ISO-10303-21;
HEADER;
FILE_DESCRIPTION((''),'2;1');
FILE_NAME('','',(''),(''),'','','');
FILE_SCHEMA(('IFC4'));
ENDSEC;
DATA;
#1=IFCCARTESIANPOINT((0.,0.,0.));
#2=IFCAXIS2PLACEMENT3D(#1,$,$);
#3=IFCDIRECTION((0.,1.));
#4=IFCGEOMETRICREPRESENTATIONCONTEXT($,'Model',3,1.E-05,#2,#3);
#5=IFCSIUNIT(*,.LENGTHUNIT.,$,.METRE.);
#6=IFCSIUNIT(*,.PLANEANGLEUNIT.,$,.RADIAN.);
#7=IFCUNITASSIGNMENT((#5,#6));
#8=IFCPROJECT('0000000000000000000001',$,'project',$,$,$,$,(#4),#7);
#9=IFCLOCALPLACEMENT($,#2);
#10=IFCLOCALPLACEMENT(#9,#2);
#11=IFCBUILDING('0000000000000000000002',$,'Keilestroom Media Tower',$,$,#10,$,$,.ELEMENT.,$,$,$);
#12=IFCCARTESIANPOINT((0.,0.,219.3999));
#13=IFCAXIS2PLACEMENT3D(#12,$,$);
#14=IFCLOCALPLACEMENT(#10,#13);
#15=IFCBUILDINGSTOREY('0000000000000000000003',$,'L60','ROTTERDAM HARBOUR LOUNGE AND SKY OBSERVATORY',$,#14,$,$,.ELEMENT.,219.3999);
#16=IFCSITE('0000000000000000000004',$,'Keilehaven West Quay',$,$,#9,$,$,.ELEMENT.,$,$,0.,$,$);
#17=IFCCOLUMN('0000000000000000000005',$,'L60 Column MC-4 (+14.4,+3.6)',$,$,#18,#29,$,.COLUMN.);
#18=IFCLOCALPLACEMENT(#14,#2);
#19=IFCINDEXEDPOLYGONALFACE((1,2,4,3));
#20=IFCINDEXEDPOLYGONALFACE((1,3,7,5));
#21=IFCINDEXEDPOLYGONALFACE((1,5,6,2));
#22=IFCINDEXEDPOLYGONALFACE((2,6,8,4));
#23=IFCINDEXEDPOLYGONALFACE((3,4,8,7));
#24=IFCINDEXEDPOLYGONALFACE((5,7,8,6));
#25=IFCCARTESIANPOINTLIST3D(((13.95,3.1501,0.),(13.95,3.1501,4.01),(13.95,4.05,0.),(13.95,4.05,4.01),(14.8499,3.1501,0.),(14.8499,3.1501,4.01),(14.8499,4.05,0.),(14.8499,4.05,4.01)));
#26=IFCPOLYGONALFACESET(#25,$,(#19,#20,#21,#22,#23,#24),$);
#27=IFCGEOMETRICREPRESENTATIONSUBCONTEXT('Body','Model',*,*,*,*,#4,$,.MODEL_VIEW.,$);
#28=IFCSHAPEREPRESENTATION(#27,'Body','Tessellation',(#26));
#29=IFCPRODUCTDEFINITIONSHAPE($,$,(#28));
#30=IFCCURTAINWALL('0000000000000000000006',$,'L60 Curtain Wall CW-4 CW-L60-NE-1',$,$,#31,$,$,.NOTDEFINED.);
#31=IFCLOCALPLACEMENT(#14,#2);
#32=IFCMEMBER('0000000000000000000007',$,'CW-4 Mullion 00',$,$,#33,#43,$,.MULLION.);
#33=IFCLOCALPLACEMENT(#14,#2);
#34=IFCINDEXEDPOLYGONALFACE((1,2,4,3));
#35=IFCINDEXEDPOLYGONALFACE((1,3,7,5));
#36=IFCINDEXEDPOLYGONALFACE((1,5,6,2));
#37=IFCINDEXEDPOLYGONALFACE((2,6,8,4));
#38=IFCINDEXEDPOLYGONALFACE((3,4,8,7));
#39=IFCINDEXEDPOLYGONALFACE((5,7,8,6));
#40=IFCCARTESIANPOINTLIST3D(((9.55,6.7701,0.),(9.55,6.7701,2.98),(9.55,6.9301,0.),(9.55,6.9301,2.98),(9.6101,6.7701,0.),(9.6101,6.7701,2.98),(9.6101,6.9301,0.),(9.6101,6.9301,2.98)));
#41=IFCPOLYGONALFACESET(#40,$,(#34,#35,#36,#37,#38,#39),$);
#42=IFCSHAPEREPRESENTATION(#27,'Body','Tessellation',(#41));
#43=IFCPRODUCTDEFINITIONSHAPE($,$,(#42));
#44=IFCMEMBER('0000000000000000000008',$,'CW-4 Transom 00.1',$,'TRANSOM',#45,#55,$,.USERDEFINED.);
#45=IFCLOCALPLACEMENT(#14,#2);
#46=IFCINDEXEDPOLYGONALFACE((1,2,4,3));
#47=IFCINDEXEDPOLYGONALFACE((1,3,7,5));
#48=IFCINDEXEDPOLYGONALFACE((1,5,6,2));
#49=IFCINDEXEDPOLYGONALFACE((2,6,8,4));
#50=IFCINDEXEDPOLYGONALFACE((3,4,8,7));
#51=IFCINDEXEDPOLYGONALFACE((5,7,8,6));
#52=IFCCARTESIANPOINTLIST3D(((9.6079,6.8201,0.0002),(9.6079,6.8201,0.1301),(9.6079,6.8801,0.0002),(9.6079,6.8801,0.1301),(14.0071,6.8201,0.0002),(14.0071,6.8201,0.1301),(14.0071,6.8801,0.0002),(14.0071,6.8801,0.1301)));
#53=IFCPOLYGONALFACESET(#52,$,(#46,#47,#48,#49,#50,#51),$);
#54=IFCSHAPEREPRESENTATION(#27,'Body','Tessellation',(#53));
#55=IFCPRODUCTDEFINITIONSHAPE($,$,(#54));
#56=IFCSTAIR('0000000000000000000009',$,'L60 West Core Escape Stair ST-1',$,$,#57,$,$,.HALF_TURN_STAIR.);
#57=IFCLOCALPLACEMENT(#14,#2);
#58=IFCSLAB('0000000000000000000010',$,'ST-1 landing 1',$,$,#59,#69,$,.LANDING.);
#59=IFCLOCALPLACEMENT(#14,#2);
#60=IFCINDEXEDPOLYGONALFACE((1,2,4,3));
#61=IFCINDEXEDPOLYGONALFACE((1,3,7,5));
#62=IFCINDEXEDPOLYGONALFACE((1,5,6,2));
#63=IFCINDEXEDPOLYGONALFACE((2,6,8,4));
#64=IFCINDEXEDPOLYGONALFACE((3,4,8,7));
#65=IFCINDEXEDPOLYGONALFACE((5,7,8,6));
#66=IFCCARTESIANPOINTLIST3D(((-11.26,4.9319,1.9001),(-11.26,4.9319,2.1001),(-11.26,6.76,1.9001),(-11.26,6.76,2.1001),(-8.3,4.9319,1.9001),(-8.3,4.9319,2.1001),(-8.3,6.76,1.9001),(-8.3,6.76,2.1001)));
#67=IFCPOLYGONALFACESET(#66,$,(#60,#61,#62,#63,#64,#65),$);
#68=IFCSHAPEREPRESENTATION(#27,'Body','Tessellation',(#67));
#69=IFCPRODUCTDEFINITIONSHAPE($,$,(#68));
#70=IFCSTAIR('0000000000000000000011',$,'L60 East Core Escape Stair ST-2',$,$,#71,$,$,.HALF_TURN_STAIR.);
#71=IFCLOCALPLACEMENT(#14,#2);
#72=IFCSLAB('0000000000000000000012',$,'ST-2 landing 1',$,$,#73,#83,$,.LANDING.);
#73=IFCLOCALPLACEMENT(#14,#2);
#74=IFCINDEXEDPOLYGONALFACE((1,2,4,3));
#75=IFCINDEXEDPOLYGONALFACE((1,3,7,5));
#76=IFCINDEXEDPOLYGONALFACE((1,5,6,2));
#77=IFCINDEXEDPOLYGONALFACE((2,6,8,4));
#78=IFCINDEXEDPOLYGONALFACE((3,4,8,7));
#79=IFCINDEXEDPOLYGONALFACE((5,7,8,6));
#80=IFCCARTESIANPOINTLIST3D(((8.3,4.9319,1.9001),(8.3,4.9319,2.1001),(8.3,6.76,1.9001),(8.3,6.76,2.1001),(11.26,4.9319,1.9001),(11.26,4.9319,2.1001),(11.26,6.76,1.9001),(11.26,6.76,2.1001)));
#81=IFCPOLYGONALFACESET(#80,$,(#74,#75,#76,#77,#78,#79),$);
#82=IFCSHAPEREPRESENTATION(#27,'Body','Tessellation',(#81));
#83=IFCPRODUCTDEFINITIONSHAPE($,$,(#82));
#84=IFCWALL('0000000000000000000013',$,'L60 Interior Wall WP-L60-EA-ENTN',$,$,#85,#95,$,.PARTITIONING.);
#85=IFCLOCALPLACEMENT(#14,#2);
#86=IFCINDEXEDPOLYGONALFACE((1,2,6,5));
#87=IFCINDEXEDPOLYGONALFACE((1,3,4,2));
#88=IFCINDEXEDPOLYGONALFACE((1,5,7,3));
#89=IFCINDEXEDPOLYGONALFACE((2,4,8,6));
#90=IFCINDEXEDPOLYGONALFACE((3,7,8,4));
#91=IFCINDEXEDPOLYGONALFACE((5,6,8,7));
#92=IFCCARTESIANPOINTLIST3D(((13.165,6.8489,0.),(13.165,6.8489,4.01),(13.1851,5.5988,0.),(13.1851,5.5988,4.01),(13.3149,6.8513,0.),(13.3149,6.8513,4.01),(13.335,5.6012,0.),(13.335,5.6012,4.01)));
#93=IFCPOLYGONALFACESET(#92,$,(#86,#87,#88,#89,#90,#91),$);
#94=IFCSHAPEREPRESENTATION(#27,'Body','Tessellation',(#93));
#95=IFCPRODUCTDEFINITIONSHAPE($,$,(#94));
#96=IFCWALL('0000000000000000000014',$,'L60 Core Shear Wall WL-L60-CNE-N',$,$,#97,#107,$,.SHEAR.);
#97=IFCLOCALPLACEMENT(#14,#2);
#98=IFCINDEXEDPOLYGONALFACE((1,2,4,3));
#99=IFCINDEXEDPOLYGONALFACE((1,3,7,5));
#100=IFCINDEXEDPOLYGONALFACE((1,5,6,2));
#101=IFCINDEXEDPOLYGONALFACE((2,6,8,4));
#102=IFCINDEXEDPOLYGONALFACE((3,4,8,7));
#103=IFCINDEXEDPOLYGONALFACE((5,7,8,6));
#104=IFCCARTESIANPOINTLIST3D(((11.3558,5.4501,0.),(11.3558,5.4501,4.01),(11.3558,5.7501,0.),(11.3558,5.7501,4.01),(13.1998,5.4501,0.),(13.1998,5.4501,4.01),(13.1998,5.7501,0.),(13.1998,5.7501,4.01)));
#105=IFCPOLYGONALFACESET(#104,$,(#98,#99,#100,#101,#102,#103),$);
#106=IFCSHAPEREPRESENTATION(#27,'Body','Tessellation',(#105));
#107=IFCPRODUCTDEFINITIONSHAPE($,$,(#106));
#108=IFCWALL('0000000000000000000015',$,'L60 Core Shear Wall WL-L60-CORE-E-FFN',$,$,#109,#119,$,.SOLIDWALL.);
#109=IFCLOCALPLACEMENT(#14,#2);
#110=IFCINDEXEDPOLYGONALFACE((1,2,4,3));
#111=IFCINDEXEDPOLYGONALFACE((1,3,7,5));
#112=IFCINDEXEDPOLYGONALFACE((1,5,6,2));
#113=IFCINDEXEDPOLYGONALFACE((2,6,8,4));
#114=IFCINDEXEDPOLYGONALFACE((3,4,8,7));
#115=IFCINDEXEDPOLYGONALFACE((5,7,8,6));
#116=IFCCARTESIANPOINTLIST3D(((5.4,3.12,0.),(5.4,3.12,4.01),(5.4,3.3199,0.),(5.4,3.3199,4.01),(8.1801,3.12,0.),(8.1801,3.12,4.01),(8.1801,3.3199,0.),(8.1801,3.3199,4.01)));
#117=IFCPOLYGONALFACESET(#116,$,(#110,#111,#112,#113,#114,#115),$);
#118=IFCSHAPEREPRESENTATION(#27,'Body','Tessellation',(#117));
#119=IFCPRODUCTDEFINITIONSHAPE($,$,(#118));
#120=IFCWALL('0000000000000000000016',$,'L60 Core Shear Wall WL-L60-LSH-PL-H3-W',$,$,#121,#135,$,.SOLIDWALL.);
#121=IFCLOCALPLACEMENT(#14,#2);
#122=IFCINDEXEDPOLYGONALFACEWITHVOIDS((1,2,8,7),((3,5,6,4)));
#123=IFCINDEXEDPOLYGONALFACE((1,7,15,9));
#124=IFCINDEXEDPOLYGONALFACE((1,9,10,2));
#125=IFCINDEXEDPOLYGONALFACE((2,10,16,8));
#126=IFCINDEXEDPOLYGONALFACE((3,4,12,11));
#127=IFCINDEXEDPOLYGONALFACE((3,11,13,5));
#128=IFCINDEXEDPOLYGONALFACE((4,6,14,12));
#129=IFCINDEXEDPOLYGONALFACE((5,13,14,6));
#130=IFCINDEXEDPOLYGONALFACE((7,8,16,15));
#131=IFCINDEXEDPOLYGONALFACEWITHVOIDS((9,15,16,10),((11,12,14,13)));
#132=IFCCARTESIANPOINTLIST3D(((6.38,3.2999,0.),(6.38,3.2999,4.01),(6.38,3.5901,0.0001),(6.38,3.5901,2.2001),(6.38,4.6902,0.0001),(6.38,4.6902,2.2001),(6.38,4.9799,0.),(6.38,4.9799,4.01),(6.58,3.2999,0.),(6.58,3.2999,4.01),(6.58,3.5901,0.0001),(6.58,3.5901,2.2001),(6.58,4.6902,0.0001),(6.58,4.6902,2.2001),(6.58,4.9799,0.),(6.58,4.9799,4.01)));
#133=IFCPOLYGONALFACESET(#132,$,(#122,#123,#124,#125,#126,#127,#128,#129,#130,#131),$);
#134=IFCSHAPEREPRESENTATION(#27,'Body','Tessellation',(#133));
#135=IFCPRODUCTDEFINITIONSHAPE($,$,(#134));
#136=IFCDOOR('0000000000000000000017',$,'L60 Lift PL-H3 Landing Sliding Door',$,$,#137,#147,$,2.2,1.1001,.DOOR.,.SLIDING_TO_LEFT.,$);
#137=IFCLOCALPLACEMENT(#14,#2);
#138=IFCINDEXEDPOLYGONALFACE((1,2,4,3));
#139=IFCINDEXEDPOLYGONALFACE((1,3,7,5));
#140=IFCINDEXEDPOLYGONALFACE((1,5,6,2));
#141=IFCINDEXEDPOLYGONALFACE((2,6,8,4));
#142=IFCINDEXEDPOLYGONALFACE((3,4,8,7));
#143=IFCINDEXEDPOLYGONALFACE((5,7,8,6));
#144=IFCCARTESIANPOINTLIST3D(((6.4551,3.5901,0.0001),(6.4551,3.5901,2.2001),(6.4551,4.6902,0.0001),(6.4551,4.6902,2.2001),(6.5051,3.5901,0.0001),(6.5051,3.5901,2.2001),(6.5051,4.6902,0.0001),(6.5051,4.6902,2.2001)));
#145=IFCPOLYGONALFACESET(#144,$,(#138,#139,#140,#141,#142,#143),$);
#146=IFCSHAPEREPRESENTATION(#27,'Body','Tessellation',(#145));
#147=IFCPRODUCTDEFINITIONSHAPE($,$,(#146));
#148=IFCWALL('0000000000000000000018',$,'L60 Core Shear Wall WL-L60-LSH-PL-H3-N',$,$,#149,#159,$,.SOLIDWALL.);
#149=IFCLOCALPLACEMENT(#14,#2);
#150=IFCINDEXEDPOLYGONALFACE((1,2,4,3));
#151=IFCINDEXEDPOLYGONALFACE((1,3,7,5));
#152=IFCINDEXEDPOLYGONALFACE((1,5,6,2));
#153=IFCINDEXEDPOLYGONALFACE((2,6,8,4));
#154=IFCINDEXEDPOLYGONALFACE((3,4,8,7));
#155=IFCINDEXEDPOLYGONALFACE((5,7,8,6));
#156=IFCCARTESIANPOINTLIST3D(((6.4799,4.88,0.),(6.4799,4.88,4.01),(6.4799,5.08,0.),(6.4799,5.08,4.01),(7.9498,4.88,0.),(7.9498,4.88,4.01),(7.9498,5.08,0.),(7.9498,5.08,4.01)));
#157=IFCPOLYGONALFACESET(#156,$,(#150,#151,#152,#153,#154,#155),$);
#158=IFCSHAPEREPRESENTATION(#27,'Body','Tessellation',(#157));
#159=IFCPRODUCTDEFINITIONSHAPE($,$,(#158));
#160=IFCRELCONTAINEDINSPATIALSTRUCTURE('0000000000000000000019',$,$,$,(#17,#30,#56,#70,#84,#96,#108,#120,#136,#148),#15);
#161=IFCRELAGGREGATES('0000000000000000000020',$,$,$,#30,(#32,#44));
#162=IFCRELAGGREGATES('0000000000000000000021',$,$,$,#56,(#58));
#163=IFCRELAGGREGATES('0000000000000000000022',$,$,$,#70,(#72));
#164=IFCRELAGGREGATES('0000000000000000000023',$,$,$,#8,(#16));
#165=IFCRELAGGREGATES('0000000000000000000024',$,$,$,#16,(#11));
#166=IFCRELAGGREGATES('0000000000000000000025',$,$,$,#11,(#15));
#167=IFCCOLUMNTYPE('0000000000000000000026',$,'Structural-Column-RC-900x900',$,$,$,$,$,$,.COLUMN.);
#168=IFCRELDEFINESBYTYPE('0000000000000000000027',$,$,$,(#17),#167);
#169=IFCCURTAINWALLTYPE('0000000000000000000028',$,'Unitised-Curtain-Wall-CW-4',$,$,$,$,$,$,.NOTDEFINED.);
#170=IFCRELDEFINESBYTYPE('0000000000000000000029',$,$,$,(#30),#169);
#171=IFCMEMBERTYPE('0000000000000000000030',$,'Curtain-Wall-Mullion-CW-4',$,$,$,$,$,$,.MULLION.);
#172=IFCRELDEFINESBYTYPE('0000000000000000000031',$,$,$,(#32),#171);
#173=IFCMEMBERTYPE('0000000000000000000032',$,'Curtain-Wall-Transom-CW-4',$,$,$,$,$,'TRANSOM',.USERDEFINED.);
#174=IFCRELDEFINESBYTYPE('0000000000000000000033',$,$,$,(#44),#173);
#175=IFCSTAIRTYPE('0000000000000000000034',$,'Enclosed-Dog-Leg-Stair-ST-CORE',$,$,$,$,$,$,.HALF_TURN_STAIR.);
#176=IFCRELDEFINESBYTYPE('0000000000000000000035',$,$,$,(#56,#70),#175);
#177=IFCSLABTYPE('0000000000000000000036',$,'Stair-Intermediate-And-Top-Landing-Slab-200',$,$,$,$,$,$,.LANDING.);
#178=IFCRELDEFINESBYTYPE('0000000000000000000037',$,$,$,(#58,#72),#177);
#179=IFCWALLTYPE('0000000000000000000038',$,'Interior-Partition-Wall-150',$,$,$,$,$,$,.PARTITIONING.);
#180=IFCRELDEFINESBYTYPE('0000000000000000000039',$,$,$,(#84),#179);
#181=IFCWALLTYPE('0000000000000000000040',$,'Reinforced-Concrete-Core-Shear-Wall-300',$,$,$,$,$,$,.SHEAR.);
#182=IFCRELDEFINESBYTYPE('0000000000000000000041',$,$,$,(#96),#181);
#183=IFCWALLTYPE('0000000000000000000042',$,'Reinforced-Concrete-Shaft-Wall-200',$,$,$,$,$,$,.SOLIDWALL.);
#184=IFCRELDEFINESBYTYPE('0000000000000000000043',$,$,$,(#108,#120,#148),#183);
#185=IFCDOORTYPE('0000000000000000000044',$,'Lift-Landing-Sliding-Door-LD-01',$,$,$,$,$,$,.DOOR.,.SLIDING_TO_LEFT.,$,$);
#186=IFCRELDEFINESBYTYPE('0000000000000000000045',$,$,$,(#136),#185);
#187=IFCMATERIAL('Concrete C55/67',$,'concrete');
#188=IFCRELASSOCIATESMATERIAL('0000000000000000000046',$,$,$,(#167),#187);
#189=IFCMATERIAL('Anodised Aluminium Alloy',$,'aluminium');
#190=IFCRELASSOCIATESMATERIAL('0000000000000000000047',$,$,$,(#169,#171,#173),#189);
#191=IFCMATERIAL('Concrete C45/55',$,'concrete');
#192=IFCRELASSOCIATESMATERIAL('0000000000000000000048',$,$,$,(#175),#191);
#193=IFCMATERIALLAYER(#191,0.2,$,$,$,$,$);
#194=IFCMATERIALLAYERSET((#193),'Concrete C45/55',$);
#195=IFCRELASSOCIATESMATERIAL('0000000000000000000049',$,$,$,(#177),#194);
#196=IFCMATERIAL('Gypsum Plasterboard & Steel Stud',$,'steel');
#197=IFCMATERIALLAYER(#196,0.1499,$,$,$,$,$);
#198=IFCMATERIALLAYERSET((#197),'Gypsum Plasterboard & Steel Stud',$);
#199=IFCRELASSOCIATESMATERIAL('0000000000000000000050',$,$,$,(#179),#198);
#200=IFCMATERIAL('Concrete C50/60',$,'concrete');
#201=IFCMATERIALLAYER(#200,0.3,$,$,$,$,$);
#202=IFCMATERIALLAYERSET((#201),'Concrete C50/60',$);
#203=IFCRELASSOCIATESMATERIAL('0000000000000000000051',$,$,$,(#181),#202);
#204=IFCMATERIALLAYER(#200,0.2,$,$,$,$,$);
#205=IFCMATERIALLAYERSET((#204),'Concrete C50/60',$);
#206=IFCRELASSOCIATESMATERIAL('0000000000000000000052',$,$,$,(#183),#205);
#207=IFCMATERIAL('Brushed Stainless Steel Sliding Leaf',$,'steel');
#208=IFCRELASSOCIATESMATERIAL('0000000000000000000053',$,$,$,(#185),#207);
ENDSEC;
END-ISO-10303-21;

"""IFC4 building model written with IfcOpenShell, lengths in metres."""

from ifc_helpers import new_model, si_unit, direction, frame, frame_2d, origin, origin_2d, place, context, subcontext, project, spatial, polyline, rectangle, outline, extrude, source, transform, mapped, material, layer, layer_set, material_profile, profile_set, type_object, element, fill, aggregate, save


model = new_model("IFC4")

# Units and contexts
model_context = context("Model", 3, precision=1e-05, world=origin(), true_north=direction((0.0, 1.0)))
body_context = subcontext(model_context, "Body", "Model", "MODEL_VIEW")
ifc_project = project(units=[si_unit("LENGTHUNIT", "METRE"), si_unit("PLANEANGLEUNIT", "RADIAN")], contexts=[model_context])

# Site, building, storey
site_placement = place(None, origin())
site = spatial("IfcSite", under=ifc_project, at=site_placement, Name="Keilehaven West Quay", CompositionType="ELEMENT", RefElevation=0.0)
building_placement = place(site_placement, origin())
building = spatial("IfcBuilding", under=site, at=building_placement, Name="Keilestroom Media Tower", CompositionType="ELEMENT")
storey_placement = place(building_placement, frame((0.0, 0.0, 219.3999)))
storey = spatial("IfcBuildingStorey", under=building, at=storey_placement, Name="L60", Description="ROTTERDAM HARBOUR LOUNGE AND SKY OBSERVATORY", CompositionType="ELEMENT", Elevation=219.3999)

# Column
ifc_material_1 = material(Name="Concrete C55/67", Category="concrete")
ifc_material_profile_1 = material_profile(ifc_material_1, rectangle(XDim=0.8999, YDim=0.8999, at=origin_2d()), Name="RC 900x900")
ifc_profile_set_1 = profile_set([ifc_material_profile_1], Name="Concrete C55/67")
column_type = type_object("IfcColumnType", Name="Structural-Column-RC-900x900", PredefinedType="COLUMN", material=ifc_profile_set_1)
shared_shape_1 = source(origin(), body_context, "Body", "SweptSolid", [
    extrude(rectangle(XDim=0.8999, YDim=0.8999, at=origin_2d()), origin(), (0.0, 0.0, 1.0), 4.01),
])
column_placement = place(storey_placement, frame((14.3999, 3.6001, 0.0), z_axis=(0.0, 0.0, 1.0), x_axis=(1.0, 0.0, 0.0)))
element("IfcColumn", 1, at=column_placement, inside=storey, type_object=column_type, Name="L60 Column MC-4 (+14.4,+3.6)", PredefinedType="COLUMN", context=body_context, shape_type="MappedRepresentation", body=[
    mapped(shared_shape_1, transform((0.0, 0.0, 0.0), x_axis=(1.0, 0.0, 0.0), y_axis=(0.0, 1.0, 0.0), z_axis=(0.0, 0.0, 1.0), scale=1.0)),
])

# Curtain wall, members
ifc_material_2 = material(Name="Anodised Aluminium Alloy", Category="aluminium")
curtain_wall_type = type_object("IfcCurtainWallType", Name="Unitised-Curtain-Wall-CW-4", PredefinedType="NOTDEFINED", material=ifc_material_2)
curtain_wall_placement = place(storey_placement, origin())
curtain_wall = element("IfcCurtainWall", 2, at=curtain_wall_placement, inside=storey, type_object=curtain_wall_type, Name="L60 Curtain Wall CW-4 CW-L60-NE-1", PredefinedType="NOTDEFINED")
ifc_material_profile_2 = material_profile(ifc_material_2, rectangle(XDim=0.0601, YDim=0.1599, at=origin_2d()), Name="ALU MULLION 60x160")
ifc_profile_set_2 = profile_set([ifc_material_profile_2], Name="Anodised Aluminium Alloy")
member_type_1 = type_object("IfcMemberType", Name="Curtain-Wall-Mullion-CW-4", PredefinedType="MULLION", material=ifc_profile_set_2)
shared_shape_2 = source(origin(), body_context, "Body", "SweptSolid", [
    extrude(rectangle(XDim=0.0601, YDim=0.1599, at=origin_2d()), origin(), (0.0, 0.0, 1.0), 2.98),
])
member_1_placement = place(storey_placement, frame((9.5801, 6.8501, 0.0), z_axis=(0.0, 0.0, 1.0), x_axis=(1.0, 0.0, 0.0)))
member_1 = element("IfcMember", 3, at=member_1_placement, type_object=member_type_1, Name="CW-4 Mullion 00", PredefinedType="MULLION", context=body_context, shape_type="MappedRepresentation", body=[
    mapped(shared_shape_2, transform((0.0, 0.0, 0.0), x_axis=(1.0, 0.0, 0.0), y_axis=(0.0, 1.0, 0.0), z_axis=(0.0, 0.0, 1.0), scale=1.0)),
])
ifc_material_profile_3 = material_profile(ifc_material_2, rectangle(XDim=0.0601, YDim=0.1299, at=origin_2d()), Name="ALU TRANSOM 60x130")
ifc_profile_set_3 = profile_set([ifc_material_profile_3], Name="Anodised Aluminium Alloy")
member_type_2 = type_object("IfcMemberType", Name="Curtain-Wall-Transom-CW-4", ElementType="TRANSOM", PredefinedType="USERDEFINED", material=ifc_profile_set_3)
shared_shape_3 = source(origin(), body_context, "Body", "SweptSolid", [
    extrude(rectangle(XDim=0.0601, YDim=0.1299, at=origin_2d()), origin(), (0.0, 0.0, 1.0), 4.3992),
])
member_2_placement = place(storey_placement, frame((9.6079, 6.8501, 0.0652), z_axis=(1.0, 0.0, 0.0), x_axis=(0.0, 1.0, 0.0)))
member_2 = element("IfcMember", 4, at=member_2_placement, type_object=member_type_2, Name="CW-4 Transom 00.1", ObjectType="TRANSOM", PredefinedType="USERDEFINED", context=body_context, shape_type="MappedRepresentation", body=[
    mapped(shared_shape_3, transform((0.0, 0.0, 0.0), x_axis=(1.0, 0.0, 0.0), y_axis=(0.0, 1.0, 0.0), z_axis=(0.0, 0.0, 1.0), scale=1.0)),
])
aggregate(curtain_wall, [member_1, member_2])

# Stairs, slabs
ifc_material_3 = material(Name="Concrete C45/55", Category="concrete")
stair_type = type_object("IfcStairType", Name="Enclosed-Dog-Leg-Stair-ST-CORE", PredefinedType="HALF_TURN_STAIR", material=ifc_material_3)
stair_1_placement = place(storey_placement, origin())
stair_1 = element("IfcStair", 5, at=stair_1_placement, inside=storey, type_object=stair_type, Name="L60 West Core Escape Stair ST-1", PredefinedType="HALF_TURN_STAIR")
ifc_layer_1 = layer(ifc_material_3, 0.2)
ifc_layer_set_1 = layer_set([ifc_layer_1], Name="Concrete C45/55")
slab_type = type_object("IfcSlabType", Name="Stair-Intermediate-And-Top-Landing-Slab-200", PredefinedType="LANDING", material=ifc_layer_set_1)
slab_1_placement = place(storey_placement, frame((0.0, 0.0, 1.9001)))
slab_1 = element("IfcSlab", 6, at=slab_1_placement, type_object=slab_type, Name="ST-1 landing 1", PredefinedType="LANDING", context=body_context, shape_type="SweptSolid", body=[
    extrude(outline(polyline([(-8.3, 4.9319), (-8.3, 6.76), (-11.26, 6.76), (-11.26, 4.9319), (-8.3, 4.9319)])), origin(), (0.0, 0.0, 1.0), 0.2),
])
aggregate(stair_1, [slab_1])
stair_2_placement = place(storey_placement, origin())
stair_2 = element("IfcStair", 7, at=stair_2_placement, inside=storey, type_object=stair_type, Name="L60 East Core Escape Stair ST-2", PredefinedType="HALF_TURN_STAIR")
slab_2_placement = place(storey_placement, frame((0.0, 0.0, 1.9001)))
slab_2 = element("IfcSlab", 8, at=slab_2_placement, type_object=slab_type, Name="ST-2 landing 1", PredefinedType="LANDING", context=body_context, shape_type="SweptSolid", body=[
    extrude(outline(polyline([(11.26, 4.9319), (11.26, 6.76), (8.3, 6.76), (8.3, 4.9319), (11.26, 4.9319)])), origin(), (0.0, 0.0, 1.0), 0.2),
])

# Walls
ifc_material_4 = material(Name="Gypsum Plasterboard & Steel Stud", Category="steel")
ifc_layer_2 = layer(ifc_material_4, 0.1499)
ifc_layer_set_2 = layer_set([ifc_layer_2], Name="Gypsum Plasterboard & Steel Stud")
wall_type_1 = type_object("IfcWallType", Name="Interior-Partition-Wall-150", PredefinedType="PARTITIONING", material=ifc_layer_set_2)
wall_1_placement = place(storey_placement, frame((13.26, 5.6001, 0.0), z_axis=(0.0, 0.0, 1.0), x_axis=(-0.016014, 0.999872, 0.0)))
element("IfcWall", 9, at=wall_1_placement, inside=storey, type_object=wall_type_1, Name="L60 Interior Wall WP-L60-EA-ENTN", PredefinedType="PARTITIONING", context=body_context, shape_type="SweptSolid", body=[
    extrude(rectangle(XDim=1.2502, YDim=0.1499, at=frame_2d((0.625, 0.0))), origin(), (0.0, 0.0, 1.0), 4.01),
])
ifc_material_5 = material(Name="Concrete C50/60", Category="concrete")
ifc_layer_3 = layer(ifc_material_5, 0.3)
ifc_layer_set_3 = layer_set([ifc_layer_3], Name="Concrete C50/60")
wall_type_2 = type_object("IfcWallType", Name="Reinforced-Concrete-Core-Shear-Wall-300", PredefinedType="SHEAR", material=ifc_layer_set_3)
wall_2_placement = place(storey_placement, frame((11.356, 5.6001, 0.0), z_axis=(0.0, 0.0, 1.0), x_axis=(1.0, 0.0, 0.0)))
element("IfcWall", 10, at=wall_2_placement, inside=storey, type_object=wall_type_2, Name="L60 Core Shear Wall WL-L60-CNE-N", PredefinedType="SHEAR", context=body_context, shape_type="SweptSolid", body=[
    extrude(rectangle(XDim=1.844, YDim=0.3, at=frame_2d((0.9219, 0.0))), origin(), (0.0, 0.0, 1.0), 4.01),
])
ifc_layer_4 = layer(ifc_material_5, 0.2)
ifc_layer_set_4 = layer_set([ifc_layer_4], Name="Concrete C50/60")
wall_type_3 = type_object("IfcWallType", Name="Reinforced-Concrete-Shaft-Wall-200", PredefinedType="SOLIDWALL", material=ifc_layer_set_4)
wall_3_placement = place(storey_placement, frame((5.3999, 3.22, 0.0), z_axis=(0.0, 0.0, 1.0), x_axis=(1.0, 0.0, 0.0)))
element("IfcWall", 11, at=wall_3_placement, inside=storey, type_object=wall_type_3, Name="L60 Core Shear Wall WL-L60-CORE-E-FFN", PredefinedType="SOLIDWALL", context=body_context, shape_type="SweptSolid", body=[
    extrude(rectangle(XDim=2.78, YDim=0.2, at=frame_2d((1.3901, 0.0))), origin(), (0.0, 0.0, 1.0), 4.01),
])

# Wall, opening, door
wall_4_placement = place(storey_placement, frame((6.48, 3.3, 0.0), z_axis=(0.0, 0.0, 1.0), x_axis=(0.0, 1.0, 0.0)))
wall_4 = element("IfcWall", 12, at=wall_4_placement, inside=storey, type_object=wall_type_3, Name="L60 Core Shear Wall WL-L60-LSH-PL-H3-W", PredefinedType="SOLIDWALL", context=body_context, shape_type="SweptSolid", body=[
    extrude(rectangle(XDim=1.6799, YDim=0.2, at=frame_2d((0.8398, 0.0))), origin(), (0.0, 0.0, 1.0), 4.01),
])
opening_1_placement = place(wall_4_placement, frame((0.29, 0.0, 0.0)))
opening_1 = element("IfcOpeningElement", 13, at=opening_1_placement, cuts=wall_4, PredefinedType="OPENING", context=body_context, shape_type="SweptSolid", body=[
    extrude(rectangle(XDim=1.1001, YDim=2.2, at=frame_2d((0.55, 1.1001))), frame((0.0, 0.1099, 0.0), z_axis=(0.0, -1.0, 0.0), x_axis=(1.0, 0.0, 0.0)), (0.0, 0.0, 1.0), 0.22),
])
ifc_material_6 = material(Name="Brushed Stainless Steel Sliding Leaf", Category="steel")
door_type = type_object("IfcDoorType", Name="Lift-Landing-Sliding-Door-LD-01", OperationType="SLIDING_TO_LEFT", PredefinedType="DOOR", material=ifc_material_6)
shared_shape_4 = source(origin(), body_context, "Body", "SweptSolid", [
    extrude(rectangle(XDim=1.1001, YDim=2.2, at=frame_2d((0.55, 1.1001))), frame((0.0, 0.0249, 0.0), z_axis=(0.0, -1.0, 0.0), x_axis=(1.0, 0.0, 0.0)), (0.0, 0.0, 1.0), 0.05),
])
door_1_placement = place(opening_1_placement, origin())
door_1 = element("IfcDoor", 14, at=door_1_placement, inside=storey, type_object=door_type, Name="L60 Lift PL-H3 Landing Sliding Door", OperationType="SLIDING_TO_LEFT", OverallHeight=2.2, OverallWidth=1.1001, PredefinedType="DOOR", context=body_context, shape_type="MappedRepresentation", body=[
    mapped(shared_shape_4, transform((0.0, 0.0, 0.0), x_axis=(1.0, 0.0, 0.0), y_axis=(0.0, 1.0, 0.0), z_axis=(0.0, 0.0, 1.0), scale=1.0)),
])
fill(opening_1, door_1)

# Wall
wall_5_placement = place(storey_placement, frame((6.48, 4.98, 0.0), z_axis=(0.0, 0.0, 1.0), x_axis=(1.0, 0.0, 0.0)))
element("IfcWall", 15, at=wall_5_placement, inside=storey, type_object=wall_type_3, Name="L60 Core Shear Wall WL-L60-LSH-PL-H3-N", PredefinedType="SOLIDWALL", context=body_context, shape_type="SweptSolid", body=[
    extrude(rectangle(XDim=1.47, YDim=0.2, at=frame_2d((0.7349, 0.0))), origin(), (0.0, 0.0, 1.0), 4.01),
])

aggregate(stair_2, [slab_2])

save(model, "model.ifc")
